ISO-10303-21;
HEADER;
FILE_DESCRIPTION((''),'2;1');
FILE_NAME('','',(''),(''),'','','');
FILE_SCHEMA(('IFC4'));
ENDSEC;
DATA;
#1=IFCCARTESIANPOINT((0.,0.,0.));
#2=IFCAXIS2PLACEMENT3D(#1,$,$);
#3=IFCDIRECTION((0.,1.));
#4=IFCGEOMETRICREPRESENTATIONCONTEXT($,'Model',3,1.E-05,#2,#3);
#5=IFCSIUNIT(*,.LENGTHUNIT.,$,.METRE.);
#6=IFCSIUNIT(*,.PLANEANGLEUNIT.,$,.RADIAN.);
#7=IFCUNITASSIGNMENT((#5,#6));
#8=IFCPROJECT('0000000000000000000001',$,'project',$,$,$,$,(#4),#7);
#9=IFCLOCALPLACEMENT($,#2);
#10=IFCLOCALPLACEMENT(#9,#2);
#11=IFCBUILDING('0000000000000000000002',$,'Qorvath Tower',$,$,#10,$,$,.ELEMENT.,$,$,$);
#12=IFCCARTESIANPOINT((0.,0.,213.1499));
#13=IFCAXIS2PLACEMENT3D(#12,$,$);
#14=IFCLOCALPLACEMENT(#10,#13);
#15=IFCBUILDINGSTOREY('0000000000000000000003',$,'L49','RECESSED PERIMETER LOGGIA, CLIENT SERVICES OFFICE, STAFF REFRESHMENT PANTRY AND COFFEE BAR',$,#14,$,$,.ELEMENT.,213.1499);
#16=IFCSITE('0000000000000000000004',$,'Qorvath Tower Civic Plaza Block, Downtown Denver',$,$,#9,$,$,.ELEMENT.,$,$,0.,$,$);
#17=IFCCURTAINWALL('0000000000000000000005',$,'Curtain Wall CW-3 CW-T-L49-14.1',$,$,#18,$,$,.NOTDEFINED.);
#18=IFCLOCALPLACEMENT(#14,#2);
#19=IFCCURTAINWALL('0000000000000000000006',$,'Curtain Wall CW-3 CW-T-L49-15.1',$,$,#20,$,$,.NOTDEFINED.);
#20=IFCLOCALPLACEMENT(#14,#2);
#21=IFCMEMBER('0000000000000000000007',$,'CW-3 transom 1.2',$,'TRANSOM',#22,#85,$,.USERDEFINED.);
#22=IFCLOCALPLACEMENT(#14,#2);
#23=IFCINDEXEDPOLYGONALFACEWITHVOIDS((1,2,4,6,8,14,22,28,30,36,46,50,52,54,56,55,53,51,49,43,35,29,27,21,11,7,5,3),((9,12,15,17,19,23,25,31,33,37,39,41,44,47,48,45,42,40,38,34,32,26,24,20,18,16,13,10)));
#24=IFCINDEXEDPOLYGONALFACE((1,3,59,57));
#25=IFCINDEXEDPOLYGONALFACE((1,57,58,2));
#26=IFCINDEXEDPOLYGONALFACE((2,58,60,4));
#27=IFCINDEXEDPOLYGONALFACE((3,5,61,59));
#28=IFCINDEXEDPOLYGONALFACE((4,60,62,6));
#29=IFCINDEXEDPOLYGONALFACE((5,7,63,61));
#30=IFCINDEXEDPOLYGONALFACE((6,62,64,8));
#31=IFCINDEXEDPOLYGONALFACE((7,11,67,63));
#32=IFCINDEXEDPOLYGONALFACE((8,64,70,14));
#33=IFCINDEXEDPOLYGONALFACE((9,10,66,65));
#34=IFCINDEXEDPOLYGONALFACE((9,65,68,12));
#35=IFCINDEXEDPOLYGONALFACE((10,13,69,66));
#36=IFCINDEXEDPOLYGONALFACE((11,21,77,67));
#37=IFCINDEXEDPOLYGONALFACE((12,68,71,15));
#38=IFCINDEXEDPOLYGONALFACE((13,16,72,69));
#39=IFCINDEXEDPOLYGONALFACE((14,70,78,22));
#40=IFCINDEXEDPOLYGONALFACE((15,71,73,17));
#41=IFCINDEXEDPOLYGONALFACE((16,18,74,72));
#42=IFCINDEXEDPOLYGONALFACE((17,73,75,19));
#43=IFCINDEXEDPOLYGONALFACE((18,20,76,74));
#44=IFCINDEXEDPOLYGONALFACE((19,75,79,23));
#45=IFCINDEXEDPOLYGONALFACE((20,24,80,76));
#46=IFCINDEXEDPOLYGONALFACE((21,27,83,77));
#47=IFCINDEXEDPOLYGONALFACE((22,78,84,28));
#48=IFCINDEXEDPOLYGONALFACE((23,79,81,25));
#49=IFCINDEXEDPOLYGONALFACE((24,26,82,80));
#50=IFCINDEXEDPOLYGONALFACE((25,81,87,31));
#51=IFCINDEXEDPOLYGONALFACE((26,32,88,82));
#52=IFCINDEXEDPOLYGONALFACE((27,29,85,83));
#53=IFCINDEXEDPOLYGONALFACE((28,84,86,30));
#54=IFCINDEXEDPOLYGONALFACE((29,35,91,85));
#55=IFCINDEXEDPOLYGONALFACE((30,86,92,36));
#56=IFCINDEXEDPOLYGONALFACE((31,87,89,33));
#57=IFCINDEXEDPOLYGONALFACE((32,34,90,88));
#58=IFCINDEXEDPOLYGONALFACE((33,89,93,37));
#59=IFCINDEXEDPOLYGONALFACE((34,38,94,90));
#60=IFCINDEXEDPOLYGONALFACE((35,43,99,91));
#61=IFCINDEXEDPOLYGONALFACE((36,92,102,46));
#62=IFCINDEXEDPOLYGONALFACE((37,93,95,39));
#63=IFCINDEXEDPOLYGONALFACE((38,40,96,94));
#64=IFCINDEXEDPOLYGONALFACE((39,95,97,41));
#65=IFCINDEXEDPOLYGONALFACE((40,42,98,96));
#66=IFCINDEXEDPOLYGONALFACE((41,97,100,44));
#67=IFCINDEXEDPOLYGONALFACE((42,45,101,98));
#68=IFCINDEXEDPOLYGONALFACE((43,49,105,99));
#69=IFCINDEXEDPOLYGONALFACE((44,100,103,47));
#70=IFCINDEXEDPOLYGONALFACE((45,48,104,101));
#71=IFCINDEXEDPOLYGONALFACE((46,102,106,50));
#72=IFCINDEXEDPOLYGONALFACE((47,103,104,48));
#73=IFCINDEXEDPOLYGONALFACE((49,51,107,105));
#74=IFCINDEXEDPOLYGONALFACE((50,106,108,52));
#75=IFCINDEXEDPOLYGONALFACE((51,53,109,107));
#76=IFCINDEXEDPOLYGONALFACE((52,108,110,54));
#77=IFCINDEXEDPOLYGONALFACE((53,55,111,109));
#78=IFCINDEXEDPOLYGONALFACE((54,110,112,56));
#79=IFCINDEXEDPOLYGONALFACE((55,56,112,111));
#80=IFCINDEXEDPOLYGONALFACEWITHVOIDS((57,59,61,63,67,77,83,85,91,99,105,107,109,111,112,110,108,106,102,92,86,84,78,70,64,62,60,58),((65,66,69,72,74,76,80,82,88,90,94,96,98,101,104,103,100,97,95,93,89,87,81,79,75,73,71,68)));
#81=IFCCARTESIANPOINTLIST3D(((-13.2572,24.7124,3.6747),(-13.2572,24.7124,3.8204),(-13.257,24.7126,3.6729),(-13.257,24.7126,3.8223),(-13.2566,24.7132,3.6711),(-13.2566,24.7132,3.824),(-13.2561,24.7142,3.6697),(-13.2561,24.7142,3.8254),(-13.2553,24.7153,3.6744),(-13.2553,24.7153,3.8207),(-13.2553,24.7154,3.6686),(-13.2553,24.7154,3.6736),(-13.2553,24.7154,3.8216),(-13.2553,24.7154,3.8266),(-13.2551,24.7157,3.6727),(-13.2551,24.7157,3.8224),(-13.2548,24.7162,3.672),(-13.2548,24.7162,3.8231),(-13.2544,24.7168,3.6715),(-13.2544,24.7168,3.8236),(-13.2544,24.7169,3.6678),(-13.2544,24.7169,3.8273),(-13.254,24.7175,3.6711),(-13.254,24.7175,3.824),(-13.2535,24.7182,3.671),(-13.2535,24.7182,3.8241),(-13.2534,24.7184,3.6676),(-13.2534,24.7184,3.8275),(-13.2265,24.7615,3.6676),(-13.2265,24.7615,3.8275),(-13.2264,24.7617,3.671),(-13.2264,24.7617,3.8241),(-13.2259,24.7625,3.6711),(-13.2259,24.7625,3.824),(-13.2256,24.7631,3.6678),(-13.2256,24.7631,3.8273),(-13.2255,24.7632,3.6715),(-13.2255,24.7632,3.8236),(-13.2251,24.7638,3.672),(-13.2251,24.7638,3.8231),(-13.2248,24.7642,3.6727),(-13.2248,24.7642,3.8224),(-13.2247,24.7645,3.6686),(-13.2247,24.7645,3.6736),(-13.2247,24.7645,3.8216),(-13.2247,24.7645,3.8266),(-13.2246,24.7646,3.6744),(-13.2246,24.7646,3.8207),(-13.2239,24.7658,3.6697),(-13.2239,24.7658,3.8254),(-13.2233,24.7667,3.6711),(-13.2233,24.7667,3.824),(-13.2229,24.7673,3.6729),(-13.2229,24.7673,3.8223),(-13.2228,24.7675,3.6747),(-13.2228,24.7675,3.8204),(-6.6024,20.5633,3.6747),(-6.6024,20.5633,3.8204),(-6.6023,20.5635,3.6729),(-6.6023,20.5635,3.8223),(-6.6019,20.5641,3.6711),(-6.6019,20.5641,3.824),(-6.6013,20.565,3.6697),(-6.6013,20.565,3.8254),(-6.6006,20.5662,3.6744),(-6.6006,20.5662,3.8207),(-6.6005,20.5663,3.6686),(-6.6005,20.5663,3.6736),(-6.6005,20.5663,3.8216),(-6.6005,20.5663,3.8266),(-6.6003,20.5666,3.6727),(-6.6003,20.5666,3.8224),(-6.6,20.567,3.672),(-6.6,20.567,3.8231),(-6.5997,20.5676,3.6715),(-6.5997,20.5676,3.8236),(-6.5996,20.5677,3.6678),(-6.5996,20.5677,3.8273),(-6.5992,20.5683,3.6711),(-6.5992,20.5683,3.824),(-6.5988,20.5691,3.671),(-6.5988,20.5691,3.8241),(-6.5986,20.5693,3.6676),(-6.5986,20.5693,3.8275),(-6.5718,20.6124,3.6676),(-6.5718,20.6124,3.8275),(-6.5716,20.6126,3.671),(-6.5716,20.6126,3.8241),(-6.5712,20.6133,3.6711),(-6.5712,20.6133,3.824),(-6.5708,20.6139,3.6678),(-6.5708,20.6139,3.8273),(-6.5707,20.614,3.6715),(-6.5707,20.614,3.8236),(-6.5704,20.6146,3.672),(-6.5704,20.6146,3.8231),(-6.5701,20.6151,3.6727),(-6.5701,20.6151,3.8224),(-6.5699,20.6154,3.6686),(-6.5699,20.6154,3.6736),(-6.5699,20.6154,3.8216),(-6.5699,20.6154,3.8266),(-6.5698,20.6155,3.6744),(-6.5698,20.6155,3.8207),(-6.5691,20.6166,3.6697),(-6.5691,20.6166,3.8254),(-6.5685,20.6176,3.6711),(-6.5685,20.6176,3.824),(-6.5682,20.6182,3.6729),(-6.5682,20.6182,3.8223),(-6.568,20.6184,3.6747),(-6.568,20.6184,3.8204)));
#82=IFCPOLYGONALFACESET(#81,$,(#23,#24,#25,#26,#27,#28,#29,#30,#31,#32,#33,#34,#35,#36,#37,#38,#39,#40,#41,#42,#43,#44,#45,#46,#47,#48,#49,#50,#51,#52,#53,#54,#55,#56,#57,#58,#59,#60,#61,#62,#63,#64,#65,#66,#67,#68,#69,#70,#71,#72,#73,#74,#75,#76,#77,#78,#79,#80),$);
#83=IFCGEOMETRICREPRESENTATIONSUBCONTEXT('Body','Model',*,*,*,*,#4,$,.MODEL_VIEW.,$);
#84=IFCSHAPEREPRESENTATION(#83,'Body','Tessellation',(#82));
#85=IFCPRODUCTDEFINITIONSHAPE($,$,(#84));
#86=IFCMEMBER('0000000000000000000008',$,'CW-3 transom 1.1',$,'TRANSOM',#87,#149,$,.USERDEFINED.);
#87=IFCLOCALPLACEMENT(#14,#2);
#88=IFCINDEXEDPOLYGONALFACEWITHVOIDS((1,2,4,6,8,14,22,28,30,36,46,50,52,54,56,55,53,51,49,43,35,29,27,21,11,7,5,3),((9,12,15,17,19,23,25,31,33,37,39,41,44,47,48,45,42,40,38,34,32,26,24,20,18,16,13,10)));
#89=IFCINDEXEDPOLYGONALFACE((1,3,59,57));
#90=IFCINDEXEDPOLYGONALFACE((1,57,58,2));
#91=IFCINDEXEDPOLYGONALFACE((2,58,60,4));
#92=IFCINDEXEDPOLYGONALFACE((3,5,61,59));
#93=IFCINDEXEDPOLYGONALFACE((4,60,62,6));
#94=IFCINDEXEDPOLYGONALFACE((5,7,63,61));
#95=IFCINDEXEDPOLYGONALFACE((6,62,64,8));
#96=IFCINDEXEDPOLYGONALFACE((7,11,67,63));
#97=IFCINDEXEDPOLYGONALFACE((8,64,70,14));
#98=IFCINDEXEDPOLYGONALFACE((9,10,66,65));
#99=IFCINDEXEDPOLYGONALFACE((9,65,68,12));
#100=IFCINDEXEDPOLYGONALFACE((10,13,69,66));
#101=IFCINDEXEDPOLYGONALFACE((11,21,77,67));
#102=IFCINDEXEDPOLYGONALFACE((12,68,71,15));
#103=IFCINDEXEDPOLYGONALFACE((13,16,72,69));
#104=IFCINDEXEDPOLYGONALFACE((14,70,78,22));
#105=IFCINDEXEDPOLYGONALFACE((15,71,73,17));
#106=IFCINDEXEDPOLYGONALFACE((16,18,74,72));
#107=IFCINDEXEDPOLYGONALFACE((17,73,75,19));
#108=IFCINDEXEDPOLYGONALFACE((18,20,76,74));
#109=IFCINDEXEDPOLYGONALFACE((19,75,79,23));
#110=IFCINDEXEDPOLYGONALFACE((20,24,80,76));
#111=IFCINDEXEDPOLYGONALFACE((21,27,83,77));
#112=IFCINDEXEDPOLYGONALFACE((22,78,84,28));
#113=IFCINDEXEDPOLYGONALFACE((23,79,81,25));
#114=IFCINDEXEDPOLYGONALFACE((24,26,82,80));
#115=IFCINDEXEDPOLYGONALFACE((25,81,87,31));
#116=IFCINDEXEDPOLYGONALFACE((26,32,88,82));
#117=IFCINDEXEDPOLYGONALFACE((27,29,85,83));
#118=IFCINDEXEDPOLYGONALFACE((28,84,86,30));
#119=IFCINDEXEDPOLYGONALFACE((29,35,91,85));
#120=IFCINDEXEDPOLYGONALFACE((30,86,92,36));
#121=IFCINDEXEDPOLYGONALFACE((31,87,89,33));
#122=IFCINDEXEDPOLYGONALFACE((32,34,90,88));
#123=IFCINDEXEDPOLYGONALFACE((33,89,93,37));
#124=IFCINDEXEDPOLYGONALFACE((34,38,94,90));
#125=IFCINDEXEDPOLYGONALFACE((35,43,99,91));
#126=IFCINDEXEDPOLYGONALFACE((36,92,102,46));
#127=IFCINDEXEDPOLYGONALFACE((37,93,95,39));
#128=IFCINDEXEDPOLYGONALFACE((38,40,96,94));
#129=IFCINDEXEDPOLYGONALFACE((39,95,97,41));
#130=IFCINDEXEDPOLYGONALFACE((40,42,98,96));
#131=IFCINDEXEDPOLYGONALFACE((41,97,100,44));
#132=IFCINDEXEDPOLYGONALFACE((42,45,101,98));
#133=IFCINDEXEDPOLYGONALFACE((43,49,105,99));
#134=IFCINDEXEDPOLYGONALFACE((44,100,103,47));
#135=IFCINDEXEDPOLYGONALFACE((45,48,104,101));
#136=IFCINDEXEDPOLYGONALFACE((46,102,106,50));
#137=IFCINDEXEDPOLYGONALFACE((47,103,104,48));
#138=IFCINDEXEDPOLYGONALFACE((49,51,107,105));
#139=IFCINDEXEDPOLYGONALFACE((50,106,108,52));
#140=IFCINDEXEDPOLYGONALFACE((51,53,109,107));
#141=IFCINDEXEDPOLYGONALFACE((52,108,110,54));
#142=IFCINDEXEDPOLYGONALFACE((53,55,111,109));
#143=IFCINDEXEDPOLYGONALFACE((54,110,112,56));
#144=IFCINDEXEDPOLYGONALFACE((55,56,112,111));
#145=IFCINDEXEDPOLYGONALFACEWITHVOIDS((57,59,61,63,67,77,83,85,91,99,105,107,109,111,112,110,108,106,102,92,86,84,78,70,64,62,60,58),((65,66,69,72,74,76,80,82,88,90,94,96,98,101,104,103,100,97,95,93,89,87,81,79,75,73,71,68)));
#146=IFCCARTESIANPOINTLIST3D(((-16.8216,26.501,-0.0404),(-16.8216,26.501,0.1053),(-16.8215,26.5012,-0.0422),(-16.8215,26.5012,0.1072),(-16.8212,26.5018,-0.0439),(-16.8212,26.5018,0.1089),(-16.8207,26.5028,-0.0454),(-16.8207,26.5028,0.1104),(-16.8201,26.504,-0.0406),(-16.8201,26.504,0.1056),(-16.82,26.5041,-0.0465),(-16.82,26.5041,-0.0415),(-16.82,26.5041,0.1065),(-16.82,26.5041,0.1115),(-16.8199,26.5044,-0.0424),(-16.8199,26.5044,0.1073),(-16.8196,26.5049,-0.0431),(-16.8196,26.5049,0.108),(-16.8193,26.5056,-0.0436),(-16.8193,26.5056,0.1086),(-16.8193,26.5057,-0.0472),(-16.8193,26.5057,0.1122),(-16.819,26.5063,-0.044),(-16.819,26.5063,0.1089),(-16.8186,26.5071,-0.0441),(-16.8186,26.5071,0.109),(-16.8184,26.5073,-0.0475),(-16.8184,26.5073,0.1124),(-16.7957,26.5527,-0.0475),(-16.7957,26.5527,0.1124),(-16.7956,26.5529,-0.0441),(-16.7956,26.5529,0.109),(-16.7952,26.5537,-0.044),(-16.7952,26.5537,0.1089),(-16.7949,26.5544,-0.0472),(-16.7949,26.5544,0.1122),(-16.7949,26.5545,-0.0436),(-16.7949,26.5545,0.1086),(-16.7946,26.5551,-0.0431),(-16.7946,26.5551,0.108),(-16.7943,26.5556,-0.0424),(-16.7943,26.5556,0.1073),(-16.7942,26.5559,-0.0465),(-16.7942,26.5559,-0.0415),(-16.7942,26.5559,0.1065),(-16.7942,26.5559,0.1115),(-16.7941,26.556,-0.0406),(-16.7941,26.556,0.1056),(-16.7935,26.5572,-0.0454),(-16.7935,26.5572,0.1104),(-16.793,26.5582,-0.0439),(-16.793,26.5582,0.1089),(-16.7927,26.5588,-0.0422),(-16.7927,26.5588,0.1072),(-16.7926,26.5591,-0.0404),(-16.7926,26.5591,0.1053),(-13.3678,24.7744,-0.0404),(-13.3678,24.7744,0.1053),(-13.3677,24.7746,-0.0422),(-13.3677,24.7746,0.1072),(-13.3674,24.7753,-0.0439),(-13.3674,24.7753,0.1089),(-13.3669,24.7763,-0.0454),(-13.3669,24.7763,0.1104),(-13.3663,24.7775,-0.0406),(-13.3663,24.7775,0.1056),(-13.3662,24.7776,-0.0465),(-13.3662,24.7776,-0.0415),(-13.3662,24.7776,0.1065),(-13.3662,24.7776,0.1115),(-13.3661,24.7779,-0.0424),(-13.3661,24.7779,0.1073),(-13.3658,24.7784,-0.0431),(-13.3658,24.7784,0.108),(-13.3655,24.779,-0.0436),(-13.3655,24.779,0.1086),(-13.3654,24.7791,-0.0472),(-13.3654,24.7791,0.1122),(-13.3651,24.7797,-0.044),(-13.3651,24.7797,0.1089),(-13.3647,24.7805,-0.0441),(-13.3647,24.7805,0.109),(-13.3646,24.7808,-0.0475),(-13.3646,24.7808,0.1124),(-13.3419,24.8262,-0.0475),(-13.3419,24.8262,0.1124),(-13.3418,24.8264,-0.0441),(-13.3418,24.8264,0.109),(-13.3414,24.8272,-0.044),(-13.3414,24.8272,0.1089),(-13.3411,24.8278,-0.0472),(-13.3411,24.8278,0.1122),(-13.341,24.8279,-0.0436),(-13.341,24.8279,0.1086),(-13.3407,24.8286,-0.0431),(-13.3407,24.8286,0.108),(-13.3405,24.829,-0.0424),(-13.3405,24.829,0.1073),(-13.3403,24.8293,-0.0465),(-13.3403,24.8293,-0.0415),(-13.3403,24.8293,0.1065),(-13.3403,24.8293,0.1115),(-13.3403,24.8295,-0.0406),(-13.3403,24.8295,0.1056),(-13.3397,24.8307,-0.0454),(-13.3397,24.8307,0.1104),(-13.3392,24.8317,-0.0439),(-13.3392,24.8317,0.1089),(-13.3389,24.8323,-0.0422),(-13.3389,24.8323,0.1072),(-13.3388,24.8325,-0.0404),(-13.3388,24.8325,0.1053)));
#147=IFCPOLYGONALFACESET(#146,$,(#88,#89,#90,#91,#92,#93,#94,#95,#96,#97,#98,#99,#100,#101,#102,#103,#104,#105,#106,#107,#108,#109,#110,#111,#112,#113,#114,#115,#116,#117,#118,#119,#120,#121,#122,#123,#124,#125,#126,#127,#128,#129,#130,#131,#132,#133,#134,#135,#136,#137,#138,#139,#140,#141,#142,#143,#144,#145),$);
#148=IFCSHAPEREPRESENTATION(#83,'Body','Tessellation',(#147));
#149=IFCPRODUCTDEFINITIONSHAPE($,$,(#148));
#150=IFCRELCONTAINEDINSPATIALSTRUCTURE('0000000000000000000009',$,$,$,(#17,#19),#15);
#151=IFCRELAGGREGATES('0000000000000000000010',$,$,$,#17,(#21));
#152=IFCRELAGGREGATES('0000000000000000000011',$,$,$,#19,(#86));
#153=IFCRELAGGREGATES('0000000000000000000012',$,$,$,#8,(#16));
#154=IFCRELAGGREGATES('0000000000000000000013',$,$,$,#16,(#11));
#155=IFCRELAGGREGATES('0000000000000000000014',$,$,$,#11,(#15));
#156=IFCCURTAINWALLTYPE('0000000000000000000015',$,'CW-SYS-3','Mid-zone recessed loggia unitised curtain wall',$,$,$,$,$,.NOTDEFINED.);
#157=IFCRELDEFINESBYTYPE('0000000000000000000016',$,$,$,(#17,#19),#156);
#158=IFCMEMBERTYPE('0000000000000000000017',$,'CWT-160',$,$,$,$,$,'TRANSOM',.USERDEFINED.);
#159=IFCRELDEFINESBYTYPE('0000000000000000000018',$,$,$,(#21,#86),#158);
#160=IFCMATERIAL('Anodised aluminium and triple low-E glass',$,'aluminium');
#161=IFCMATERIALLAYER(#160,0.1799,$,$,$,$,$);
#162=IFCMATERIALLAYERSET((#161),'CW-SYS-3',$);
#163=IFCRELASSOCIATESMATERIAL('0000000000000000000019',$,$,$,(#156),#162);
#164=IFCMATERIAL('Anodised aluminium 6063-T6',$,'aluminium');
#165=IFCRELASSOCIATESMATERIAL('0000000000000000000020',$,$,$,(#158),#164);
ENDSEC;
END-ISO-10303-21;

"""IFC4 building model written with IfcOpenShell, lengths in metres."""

from ifc_helpers import new_model, si_unit, direction, frame, origin, origin_2d, place, context, subcontext, project, spatial, hollow_rectangle, extrude, material, layer, layer_set, material_profile, profile_set, type_object, element, aggregate, save


model = new_model("IFC4")

# Units and contexts
model_context = context("Model", 3, precision=1e-05, world=origin(), true_north=direction((0.0, 1.0)))
body_context = subcontext(model_context, "Body", "Model", "MODEL_VIEW")
ifc_project = project(units=[si_unit("LENGTHUNIT", "METRE"), si_unit("PLANEANGLEUNIT", "RADIAN")], contexts=[model_context])

# Site, building, storey
site_placement = place(None, origin())
site = spatial("IfcSite", under=ifc_project, at=site_placement, Name="Qorvath Tower Civic Plaza Block, Downtown Denver", CompositionType="ELEMENT", RefElevation=0.0)
building_placement = place(site_placement, origin())
building = spatial("IfcBuilding", under=site, at=building_placement, Name="Qorvath Tower", CompositionType="ELEMENT")
storey_placement = place(building_placement, frame((0.0, 0.0, 213.1499)))
storey = spatial("IfcBuildingStorey", under=building, at=storey_placement, Name="L49", Description="RECESSED PERIMETER LOGGIA, CLIENT SERVICES OFFICE, STAFF REFRESHMENT PANTRY AND COFFEE BAR", CompositionType="ELEMENT", Elevation=213.1499)

# Shared definitions
ifc_material_1 = material(Name="Anodised aluminium and triple low-E glass", Category="aluminium")
ifc_layer_1 = layer(ifc_material_1, 0.1799)
ifc_layer_set_1 = layer_set([ifc_layer_1], Name="CW-SYS-3")
curtain_wall_type = type_object("IfcCurtainWallType", Name="CW-SYS-3", Description="Mid-zone recessed loggia unitised curtain wall", PredefinedType="NOTDEFINED", material=ifc_layer_set_1)

# Curtain walls
curtain_wall_1_placement = place(storey_placement, origin())
curtain_wall_1 = element("IfcCurtainWall", 1, at=curtain_wall_1_placement, inside=storey, type_object=curtain_wall_type, Name="Curtain Wall CW-3 CW-T-L49-14.1", PredefinedType="NOTDEFINED")
curtain_wall_2_placement = place(storey_placement, origin())
curtain_wall_2 = element("IfcCurtainWall", 2, at=curtain_wall_2_placement, inside=storey, type_object=curtain_wall_type, Name="Curtain Wall CW-3 CW-T-L49-15.1", PredefinedType="NOTDEFINED")

# Members
ifc_material_2 = material(Name="Anodised aluminium 6063-T6", Category="aluminium")
ifc_material_profile_1 = material_profile(ifc_material_2, hollow_rectangle(XDim=0.0649, YDim=0.1599, WallThickness=0.0034, InnerFilletRadius=0.0034, OuterFilletRadius=0.0071, at=origin_2d()), Name="CWT 160x65")
ifc_profile_set_1 = profile_set([ifc_material_profile_1], Name="Anodised aluminium 6063-T6")
member_type_1 = type_object("IfcMemberType", Name="CWT-160", ElementType="TRANSOM", PredefinedType="USERDEFINED", material=ifc_profile_set_1)
member_1_placement = place(storey_placement, frame((-6.5852, 20.5908, 3.7476), z_axis=(-0.848575, 0.529075, 0.0), x_axis=(-0.529075, -0.848575, 0.0)))
member_1 = element("IfcMember", 3, at=member_1_placement, type_object=member_type_1, Name="CW-3 transom 1.2", ObjectType="TRANSOM", PredefinedType="USERDEFINED", context=body_context, shape_type="SweptSolid", body=[
    extrude(hollow_rectangle(XDim=0.0649, YDim=0.1599, WallThickness=0.0034, InnerFilletRadius=0.0034, OuterFilletRadius=0.0071, at=origin_2d()), origin(), (0.0, 0.0, 1.0), 7.8423),
])
member_2_placement = place(storey_placement, frame((-13.3533, 24.8035, 0.0325), z_axis=(-0.894465, 0.447138, 0.0), x_axis=(-0.447138, -0.894465, 0.0)))
member_2 = element("IfcMember", 4, at=member_2_placement, type_object=member_type_1, Name="CW-3 transom 1.1", ObjectType="TRANSOM", PredefinedType="USERDEFINED", context=body_context, shape_type="SweptSolid", body=[
    extrude(hollow_rectangle(XDim=0.0649, YDim=0.1599, WallThickness=0.0034, InnerFilletRadius=0.0034, OuterFilletRadius=0.0071, at=origin_2d()), origin(), (0.0, 0.0, 1.0), 3.8613),
])

aggregate(curtain_wall_1, [member_1])
aggregate(curtain_wall_2, [member_2])

save(model, "model.ifc")
